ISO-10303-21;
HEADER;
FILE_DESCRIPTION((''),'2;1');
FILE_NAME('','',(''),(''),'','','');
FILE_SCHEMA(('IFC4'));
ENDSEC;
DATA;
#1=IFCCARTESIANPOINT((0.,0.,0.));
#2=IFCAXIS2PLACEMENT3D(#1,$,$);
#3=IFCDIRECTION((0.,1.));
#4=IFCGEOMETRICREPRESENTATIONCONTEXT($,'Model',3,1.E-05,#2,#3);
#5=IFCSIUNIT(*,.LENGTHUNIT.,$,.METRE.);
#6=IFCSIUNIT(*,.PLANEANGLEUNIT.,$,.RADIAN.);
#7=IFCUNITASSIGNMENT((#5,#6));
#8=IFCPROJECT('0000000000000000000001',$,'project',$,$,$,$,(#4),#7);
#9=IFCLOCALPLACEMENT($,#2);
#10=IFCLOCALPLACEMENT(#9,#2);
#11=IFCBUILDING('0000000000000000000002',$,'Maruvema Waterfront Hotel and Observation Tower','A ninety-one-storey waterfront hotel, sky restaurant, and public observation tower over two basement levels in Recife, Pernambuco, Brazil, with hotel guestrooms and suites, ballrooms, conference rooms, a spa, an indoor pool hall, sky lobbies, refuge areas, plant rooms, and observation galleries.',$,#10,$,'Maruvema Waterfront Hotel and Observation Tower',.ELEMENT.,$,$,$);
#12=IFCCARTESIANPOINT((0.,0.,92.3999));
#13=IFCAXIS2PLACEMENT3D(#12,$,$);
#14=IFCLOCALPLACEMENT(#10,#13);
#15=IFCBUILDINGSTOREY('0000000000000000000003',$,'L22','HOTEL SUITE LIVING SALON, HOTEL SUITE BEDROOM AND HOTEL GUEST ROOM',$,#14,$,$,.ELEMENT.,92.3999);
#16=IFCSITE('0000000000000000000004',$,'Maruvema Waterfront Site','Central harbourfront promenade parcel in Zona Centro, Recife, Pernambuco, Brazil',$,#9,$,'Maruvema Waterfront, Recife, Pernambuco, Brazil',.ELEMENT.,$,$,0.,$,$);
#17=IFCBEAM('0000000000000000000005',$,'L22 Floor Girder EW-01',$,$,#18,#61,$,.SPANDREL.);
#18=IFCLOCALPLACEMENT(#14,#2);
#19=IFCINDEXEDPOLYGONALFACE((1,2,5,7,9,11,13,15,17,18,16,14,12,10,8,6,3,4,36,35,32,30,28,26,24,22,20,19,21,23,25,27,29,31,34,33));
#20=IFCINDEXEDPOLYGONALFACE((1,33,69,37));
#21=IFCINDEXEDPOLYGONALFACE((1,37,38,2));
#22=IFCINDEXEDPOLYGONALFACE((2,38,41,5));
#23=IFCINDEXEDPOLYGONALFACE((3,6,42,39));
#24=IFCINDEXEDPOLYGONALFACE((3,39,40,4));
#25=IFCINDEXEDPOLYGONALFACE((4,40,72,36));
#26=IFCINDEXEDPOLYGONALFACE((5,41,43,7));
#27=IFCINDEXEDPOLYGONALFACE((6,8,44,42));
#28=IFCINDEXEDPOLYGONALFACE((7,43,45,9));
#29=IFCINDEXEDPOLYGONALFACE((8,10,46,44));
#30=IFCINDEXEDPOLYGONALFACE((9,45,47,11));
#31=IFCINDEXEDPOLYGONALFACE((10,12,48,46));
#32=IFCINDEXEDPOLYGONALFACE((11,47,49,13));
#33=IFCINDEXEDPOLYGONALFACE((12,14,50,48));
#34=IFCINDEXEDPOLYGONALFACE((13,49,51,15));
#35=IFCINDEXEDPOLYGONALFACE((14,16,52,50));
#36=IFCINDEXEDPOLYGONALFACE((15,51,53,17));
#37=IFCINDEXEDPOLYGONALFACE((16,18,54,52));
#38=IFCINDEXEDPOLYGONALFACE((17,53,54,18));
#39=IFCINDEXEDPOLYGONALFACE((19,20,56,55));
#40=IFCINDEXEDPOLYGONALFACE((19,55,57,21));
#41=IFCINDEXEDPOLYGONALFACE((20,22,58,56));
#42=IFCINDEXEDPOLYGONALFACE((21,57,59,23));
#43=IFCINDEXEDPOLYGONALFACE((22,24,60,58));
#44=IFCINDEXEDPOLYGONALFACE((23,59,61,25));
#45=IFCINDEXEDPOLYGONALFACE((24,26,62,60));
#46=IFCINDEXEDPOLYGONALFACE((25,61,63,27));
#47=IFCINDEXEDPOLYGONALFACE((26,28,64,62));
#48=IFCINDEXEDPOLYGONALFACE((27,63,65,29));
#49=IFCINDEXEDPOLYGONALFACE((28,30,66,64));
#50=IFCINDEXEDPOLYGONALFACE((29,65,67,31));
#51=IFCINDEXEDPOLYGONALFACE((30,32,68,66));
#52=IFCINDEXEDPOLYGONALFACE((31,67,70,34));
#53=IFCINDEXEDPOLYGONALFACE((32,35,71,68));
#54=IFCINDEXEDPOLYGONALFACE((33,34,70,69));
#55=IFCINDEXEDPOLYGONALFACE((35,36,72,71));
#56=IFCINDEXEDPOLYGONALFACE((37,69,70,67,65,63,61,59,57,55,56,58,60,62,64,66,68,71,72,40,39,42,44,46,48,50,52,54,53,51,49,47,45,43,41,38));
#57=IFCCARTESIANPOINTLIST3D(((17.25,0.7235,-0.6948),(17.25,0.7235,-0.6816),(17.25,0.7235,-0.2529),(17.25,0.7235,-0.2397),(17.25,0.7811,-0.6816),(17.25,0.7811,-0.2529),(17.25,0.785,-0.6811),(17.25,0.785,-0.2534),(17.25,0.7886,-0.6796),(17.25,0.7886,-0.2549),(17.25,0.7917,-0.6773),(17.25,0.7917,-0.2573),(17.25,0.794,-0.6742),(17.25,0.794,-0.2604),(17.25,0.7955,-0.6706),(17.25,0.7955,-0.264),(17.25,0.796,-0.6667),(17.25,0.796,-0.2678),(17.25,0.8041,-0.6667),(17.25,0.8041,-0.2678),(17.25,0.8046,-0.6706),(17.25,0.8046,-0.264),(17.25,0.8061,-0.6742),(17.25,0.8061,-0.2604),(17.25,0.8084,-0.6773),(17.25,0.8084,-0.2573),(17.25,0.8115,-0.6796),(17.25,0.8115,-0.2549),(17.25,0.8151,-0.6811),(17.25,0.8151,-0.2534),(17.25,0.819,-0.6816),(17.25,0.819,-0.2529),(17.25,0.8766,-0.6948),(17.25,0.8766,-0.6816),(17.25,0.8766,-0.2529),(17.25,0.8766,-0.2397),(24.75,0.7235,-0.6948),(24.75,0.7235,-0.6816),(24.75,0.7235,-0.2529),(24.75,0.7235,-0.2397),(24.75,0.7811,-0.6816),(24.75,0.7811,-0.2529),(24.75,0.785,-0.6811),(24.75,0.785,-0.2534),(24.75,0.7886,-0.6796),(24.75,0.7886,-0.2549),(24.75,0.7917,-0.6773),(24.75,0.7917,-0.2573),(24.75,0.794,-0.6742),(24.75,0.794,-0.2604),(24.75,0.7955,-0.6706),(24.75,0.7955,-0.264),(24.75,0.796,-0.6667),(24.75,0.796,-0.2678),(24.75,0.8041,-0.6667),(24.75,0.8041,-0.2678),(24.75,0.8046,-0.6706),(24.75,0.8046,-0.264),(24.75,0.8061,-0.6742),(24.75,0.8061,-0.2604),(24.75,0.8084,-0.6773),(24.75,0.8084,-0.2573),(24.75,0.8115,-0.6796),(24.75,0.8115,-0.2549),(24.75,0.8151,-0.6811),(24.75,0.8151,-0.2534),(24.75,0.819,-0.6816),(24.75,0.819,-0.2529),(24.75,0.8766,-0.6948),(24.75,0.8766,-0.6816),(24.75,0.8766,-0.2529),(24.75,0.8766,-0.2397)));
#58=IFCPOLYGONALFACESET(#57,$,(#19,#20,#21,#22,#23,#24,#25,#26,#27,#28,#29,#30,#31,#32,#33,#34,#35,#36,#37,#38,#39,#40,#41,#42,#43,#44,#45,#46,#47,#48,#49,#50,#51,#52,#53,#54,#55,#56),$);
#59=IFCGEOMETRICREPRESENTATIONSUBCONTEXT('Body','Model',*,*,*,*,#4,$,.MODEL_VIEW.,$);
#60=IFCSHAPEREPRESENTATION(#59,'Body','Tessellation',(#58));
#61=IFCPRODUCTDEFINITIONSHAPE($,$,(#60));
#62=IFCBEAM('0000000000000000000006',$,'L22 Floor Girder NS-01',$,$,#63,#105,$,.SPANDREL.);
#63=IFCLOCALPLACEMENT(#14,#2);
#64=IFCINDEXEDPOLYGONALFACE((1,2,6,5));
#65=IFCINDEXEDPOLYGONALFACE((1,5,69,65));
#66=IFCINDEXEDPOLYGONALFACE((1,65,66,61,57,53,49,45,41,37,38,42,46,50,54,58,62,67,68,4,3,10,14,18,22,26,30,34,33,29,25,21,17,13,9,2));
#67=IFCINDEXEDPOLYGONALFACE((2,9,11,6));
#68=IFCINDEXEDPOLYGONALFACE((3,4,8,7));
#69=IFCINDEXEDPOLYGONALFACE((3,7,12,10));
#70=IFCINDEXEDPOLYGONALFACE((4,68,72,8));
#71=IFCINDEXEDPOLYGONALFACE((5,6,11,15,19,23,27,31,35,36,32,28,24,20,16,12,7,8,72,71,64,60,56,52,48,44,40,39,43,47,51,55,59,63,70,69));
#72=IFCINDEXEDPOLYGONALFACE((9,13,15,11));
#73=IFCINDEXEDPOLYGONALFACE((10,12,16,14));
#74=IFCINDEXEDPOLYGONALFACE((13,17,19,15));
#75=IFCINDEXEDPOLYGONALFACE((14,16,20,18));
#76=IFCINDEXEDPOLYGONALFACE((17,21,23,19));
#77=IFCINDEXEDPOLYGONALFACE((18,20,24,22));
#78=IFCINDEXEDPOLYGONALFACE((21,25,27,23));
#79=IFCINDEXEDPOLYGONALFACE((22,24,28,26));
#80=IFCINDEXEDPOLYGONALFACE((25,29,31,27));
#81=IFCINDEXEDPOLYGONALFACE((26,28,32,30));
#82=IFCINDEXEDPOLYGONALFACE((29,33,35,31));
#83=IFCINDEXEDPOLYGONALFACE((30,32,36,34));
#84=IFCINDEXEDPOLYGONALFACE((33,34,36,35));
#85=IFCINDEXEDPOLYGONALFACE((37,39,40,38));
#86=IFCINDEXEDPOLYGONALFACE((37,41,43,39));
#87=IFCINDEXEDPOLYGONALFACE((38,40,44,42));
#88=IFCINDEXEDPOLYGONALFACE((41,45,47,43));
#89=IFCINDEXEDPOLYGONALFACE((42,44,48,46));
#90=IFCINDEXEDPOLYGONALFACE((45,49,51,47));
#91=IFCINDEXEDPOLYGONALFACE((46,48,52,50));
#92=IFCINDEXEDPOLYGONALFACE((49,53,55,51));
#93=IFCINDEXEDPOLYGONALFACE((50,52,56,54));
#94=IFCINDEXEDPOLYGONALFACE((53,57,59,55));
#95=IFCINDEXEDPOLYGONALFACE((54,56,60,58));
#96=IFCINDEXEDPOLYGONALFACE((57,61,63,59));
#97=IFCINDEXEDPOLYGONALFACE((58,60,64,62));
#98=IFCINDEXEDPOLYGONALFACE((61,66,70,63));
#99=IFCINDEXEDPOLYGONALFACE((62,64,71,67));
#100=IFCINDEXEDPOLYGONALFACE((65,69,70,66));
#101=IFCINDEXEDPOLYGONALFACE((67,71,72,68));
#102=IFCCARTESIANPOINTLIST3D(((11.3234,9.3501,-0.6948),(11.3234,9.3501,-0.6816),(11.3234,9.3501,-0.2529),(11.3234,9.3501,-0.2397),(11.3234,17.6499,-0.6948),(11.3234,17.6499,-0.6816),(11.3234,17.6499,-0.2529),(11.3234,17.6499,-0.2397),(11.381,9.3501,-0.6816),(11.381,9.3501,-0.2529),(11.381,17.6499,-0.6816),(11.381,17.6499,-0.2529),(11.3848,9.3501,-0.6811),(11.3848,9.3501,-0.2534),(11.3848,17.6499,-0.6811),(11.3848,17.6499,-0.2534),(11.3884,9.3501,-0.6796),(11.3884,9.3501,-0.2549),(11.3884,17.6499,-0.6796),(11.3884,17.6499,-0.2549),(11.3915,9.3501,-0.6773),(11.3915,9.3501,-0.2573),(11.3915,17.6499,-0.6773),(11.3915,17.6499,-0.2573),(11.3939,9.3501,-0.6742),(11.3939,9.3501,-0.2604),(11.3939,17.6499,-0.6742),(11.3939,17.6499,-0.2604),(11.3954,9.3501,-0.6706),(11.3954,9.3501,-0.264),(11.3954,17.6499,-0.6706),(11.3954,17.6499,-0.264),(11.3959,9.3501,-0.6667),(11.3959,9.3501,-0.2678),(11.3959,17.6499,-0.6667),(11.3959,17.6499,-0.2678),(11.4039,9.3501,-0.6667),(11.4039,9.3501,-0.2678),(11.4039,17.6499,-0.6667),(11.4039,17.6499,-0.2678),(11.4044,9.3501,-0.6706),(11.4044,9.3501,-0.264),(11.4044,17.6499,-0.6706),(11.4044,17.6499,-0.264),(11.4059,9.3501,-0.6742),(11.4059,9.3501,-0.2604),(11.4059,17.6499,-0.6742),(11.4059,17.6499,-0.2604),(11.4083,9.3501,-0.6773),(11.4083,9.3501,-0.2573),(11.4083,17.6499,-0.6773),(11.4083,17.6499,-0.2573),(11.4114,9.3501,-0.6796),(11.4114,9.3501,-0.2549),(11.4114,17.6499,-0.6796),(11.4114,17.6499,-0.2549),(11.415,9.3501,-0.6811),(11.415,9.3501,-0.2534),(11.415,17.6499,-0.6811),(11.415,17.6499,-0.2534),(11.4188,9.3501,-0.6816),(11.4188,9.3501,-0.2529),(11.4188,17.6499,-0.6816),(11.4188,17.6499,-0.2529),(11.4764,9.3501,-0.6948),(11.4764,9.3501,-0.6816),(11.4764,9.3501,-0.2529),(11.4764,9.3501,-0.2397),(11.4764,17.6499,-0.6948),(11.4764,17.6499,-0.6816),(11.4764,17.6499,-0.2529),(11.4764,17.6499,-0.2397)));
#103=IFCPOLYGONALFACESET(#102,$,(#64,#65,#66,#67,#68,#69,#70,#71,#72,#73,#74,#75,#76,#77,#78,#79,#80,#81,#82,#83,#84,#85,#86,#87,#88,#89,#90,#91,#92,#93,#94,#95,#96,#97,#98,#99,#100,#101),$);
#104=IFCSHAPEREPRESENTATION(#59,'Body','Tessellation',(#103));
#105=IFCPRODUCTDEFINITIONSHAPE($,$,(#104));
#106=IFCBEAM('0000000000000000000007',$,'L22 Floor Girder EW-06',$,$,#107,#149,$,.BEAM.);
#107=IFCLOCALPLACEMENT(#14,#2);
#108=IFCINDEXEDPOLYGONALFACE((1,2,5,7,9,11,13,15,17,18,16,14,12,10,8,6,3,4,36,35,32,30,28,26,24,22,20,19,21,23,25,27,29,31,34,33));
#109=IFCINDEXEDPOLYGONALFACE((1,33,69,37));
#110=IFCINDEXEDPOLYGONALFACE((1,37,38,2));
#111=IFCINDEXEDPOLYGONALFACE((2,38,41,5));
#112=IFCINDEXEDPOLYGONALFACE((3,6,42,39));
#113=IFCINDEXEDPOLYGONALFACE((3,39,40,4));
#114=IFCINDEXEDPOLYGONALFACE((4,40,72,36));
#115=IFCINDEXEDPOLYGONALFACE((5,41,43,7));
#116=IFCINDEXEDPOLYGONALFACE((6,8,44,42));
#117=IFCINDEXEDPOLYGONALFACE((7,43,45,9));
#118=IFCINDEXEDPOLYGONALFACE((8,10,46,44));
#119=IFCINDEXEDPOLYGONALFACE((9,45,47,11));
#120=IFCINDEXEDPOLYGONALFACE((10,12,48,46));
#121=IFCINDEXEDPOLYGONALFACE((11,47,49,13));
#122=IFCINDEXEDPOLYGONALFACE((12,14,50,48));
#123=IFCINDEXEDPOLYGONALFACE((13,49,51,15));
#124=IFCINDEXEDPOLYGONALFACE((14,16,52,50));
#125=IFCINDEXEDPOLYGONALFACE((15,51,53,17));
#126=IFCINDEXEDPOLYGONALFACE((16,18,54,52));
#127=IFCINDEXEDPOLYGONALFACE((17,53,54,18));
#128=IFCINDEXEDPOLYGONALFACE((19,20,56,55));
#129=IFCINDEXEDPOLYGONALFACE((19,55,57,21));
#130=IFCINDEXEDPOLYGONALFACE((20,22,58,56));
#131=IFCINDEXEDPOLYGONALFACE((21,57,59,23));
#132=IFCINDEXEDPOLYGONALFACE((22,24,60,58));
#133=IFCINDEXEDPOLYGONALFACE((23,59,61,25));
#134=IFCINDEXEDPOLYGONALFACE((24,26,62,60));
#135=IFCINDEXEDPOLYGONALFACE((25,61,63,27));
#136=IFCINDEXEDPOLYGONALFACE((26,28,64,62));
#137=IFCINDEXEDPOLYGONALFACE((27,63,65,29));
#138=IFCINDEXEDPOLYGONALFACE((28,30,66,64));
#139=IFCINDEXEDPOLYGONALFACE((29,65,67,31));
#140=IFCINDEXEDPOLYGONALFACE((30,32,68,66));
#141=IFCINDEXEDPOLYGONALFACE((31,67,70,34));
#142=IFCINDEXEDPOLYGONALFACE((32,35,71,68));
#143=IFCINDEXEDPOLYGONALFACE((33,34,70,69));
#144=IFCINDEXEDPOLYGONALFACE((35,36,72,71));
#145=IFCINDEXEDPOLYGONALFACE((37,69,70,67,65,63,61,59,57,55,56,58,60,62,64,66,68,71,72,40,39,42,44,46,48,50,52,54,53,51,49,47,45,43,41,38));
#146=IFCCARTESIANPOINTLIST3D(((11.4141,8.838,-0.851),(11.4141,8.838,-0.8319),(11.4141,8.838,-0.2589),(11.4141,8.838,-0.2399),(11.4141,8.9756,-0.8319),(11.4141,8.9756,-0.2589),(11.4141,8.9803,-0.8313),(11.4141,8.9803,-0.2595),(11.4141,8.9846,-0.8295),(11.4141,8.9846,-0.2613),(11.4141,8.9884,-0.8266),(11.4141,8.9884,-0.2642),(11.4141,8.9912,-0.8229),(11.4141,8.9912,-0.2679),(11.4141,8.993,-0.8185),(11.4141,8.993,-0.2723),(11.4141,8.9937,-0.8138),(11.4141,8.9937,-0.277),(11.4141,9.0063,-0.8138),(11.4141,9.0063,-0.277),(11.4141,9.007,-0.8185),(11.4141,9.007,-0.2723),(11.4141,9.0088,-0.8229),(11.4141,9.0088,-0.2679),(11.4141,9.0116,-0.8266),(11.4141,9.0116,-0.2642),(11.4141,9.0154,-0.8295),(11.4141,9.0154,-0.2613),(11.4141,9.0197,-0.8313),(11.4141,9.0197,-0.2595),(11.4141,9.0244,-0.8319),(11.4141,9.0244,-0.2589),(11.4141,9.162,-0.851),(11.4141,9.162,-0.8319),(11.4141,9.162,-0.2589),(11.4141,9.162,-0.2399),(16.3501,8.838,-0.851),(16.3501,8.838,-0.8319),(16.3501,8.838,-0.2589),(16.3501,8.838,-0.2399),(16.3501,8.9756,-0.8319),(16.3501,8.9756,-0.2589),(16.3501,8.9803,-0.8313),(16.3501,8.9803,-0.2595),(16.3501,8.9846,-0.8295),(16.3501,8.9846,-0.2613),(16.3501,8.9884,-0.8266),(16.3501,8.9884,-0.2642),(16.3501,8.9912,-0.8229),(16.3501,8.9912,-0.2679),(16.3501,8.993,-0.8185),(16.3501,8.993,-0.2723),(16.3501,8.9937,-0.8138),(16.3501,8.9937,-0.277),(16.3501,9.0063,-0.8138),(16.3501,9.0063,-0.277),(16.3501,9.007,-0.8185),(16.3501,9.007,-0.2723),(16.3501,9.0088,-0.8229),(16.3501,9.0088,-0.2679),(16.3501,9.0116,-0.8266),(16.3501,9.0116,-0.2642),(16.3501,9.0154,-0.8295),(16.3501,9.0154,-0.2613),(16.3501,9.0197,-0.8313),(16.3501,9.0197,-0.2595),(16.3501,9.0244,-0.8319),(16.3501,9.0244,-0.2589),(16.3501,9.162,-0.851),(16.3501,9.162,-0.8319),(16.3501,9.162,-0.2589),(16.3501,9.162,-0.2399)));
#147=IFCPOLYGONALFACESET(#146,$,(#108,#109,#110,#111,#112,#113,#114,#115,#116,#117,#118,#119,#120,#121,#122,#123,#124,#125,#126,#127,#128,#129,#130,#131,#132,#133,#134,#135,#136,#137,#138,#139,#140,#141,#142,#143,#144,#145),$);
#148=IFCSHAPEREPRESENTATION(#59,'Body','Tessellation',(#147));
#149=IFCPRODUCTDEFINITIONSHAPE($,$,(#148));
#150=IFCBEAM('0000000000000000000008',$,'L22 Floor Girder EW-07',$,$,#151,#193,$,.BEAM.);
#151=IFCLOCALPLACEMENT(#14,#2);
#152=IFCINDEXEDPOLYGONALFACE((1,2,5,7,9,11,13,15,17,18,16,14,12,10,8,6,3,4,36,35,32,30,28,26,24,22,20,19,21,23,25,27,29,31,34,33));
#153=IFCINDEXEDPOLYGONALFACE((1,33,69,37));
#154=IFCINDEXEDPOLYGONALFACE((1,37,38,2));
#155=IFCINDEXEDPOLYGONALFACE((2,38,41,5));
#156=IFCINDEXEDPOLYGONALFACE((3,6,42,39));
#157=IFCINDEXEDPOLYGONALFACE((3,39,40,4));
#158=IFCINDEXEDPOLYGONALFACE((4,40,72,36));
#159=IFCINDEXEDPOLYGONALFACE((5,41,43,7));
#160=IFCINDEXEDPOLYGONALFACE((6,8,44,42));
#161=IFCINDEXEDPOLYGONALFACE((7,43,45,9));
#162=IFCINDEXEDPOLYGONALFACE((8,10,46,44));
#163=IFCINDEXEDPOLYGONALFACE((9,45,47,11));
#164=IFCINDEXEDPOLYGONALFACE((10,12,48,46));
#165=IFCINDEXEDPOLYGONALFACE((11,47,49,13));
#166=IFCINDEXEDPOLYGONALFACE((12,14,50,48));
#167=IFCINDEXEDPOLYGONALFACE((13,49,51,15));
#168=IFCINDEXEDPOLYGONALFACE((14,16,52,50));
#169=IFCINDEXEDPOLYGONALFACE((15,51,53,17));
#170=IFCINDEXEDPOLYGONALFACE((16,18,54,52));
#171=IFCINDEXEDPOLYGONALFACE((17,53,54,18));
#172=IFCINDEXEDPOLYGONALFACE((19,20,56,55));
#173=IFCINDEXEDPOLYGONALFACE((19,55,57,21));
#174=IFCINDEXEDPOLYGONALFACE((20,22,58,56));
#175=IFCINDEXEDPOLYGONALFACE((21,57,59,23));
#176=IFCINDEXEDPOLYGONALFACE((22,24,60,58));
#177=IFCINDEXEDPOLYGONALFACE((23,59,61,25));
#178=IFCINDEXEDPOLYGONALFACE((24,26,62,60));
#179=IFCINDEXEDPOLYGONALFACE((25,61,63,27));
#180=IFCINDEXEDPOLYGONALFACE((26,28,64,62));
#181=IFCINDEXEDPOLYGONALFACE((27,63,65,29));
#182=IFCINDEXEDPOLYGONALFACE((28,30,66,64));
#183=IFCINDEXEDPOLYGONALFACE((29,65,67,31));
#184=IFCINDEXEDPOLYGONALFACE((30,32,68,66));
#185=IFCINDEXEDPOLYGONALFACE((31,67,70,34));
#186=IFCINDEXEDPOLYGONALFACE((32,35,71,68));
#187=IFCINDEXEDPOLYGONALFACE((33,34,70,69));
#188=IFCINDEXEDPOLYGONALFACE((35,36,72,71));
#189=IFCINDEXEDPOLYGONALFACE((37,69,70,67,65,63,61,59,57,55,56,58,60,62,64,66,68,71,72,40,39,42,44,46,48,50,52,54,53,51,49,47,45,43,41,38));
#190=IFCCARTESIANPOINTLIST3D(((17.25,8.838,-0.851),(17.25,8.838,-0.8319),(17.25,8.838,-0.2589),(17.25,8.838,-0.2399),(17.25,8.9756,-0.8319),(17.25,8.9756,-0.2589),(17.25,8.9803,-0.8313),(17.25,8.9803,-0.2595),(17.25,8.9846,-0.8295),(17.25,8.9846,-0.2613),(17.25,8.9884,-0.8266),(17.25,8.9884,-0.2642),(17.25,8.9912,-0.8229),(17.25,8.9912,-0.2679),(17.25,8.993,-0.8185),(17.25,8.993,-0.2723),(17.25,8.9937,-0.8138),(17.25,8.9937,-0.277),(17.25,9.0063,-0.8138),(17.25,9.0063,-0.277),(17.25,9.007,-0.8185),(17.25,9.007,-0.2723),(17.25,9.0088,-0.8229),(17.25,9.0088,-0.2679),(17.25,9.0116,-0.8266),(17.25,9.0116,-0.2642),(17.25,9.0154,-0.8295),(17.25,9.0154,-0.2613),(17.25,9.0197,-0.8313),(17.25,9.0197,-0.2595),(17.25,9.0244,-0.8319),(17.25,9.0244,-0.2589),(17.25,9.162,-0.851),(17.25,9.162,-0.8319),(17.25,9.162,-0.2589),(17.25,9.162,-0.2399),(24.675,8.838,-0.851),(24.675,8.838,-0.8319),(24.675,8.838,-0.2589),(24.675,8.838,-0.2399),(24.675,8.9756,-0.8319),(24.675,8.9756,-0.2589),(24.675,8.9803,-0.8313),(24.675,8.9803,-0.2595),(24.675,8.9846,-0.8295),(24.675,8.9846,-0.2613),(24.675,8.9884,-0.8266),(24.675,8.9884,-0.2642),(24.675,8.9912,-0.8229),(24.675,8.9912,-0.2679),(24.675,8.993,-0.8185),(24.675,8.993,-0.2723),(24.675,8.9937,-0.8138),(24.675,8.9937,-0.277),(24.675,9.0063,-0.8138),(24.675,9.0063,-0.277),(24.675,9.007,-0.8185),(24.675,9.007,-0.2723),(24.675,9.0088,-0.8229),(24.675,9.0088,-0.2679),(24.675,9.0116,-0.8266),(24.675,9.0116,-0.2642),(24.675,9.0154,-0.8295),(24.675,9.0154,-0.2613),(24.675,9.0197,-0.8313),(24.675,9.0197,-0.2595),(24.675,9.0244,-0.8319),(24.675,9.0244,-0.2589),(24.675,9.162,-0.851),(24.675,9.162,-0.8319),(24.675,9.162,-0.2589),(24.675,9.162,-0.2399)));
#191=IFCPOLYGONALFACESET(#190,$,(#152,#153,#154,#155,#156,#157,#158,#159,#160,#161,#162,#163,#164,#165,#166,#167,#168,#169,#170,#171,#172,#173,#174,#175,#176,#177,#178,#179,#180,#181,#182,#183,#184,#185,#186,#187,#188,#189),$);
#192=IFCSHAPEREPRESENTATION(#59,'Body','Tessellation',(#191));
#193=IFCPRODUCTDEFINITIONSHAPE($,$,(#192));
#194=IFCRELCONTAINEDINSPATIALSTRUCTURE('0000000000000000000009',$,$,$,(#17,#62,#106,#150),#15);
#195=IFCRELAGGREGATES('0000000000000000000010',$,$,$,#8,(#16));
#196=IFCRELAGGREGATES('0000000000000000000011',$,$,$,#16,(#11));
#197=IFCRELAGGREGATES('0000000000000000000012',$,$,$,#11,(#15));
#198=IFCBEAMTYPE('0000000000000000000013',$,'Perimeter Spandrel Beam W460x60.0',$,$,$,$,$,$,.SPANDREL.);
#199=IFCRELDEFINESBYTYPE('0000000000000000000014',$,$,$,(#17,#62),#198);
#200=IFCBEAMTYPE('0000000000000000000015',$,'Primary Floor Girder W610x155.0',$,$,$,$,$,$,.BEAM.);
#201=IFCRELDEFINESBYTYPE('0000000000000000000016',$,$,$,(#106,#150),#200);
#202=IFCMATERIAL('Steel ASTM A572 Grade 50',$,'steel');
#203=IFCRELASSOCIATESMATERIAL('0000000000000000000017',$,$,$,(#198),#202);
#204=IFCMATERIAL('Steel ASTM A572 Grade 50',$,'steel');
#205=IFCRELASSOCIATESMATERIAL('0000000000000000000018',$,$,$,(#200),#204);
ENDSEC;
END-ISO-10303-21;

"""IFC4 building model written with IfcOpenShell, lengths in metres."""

from ifc_helpers import new_model, si_unit, direction, frame, origin, origin_2d, place, context, subcontext, project, spatial, i_section, extrude, material, material_profile, profile_set, type_object, element, save


model = new_model("IFC4")

# Units and contexts
model_context = context("Model", 3, precision=1e-05, world=origin(), true_north=direction((0.0, 1.0)))
body_context = subcontext(model_context, "Body", "Model", "MODEL_VIEW")
ifc_project = project(units=[si_unit("LENGTHUNIT", "METRE"), si_unit("PLANEANGLEUNIT", "RADIAN")], contexts=[model_context])

# Site, building, storey
site_placement = place(None, origin())
site = spatial("IfcSite", under=ifc_project, at=site_placement, Name="Maruvema Waterfront Site", Description="Central harbourfront promenade parcel in Zona Centro, Recife, Pernambuco, Brazil", LongName="Maruvema Waterfront, Recife, Pernambuco, Brazil", CompositionType="ELEMENT", RefElevation=0.0)
building_placement = place(site_placement, origin())
building = spatial("IfcBuilding", under=site, at=building_placement, Name="Maruvema Waterfront Hotel and Observation Tower", Description="A ninety-one-storey waterfront hotel, sky restaurant, and public observation tower over two basement levels in Recife, Pernambuco, Brazil, with hotel guestrooms and suites, ballrooms, conference rooms, a spa, an indoor pool hall, sky lobbies, refuge areas, plant rooms, and observation galleries.", LongName="Maruvema Waterfront Hotel and Observation Tower", CompositionType="ELEMENT")
storey_placement = place(building_placement, frame((0.0, 0.0, 92.3999)))
storey = spatial("IfcBuildingStorey", under=building, at=storey_placement, Name="L22", Description="HOTEL SUITE LIVING SALON, HOTEL SUITE BEDROOM AND HOTEL GUEST ROOM", CompositionType="ELEMENT", Elevation=92.3999)

# Beams
ifc_material_1 = material(Name="Steel ASTM A572 Grade 50", Category="steel")
ifc_material_profile_1 = material_profile(ifc_material_1, i_section(OverallWidth=0.1531, OverallDepth=0.4551, WebThickness=0.0081, FlangeThickness=0.0132, FilletRadius=0.0149, at=origin_2d()), Name="W460x60.0")
ifc_profile_set_1 = profile_set([ifc_material_profile_1], Name="Steel ASTM A572 Grade 50")
beam_type_1 = type_object("IfcBeamType", Name="Perimeter Spandrel Beam W460x60.0", PredefinedType="SPANDREL", material=ifc_profile_set_1)
beam_1_placement = place(storey_placement, frame((17.25, 0.8, -0.4673), z_axis=(1.0, 0.0, 0.0), x_axis=(0.0, 1.0, 0.0)))
element("IfcBeam", 1, at=beam_1_placement, inside=storey, type_object=beam_type_1, Name="L22 Floor Girder EW-01", PredefinedType="SPANDREL", context=body_context, shape_type="SweptSolid", body=[
    extrude(i_section(OverallWidth=0.1531, OverallDepth=0.4551, WebThickness=0.0081, FlangeThickness=0.0132, FilletRadius=0.0149, at=origin_2d()), origin(), (0.0, 0.0, 1.0), 7.5),
])
beam_2_placement = place(storey_placement, frame((11.3999, 9.3501, -0.4673), z_axis=(0.0, 1.0, 0.0), x_axis=(-1.0, 0.0, 0.0)))
element("IfcBeam", 2, at=beam_2_placement, inside=storey, type_object=beam_type_1, Name="L22 Floor Girder NS-01", PredefinedType="SPANDREL", context=body_context, shape_type="SweptSolid", body=[
    extrude(i_section(OverallWidth=0.1531, OverallDepth=0.4551, WebThickness=0.0081, FlangeThickness=0.0132, FilletRadius=0.0149, at=origin_2d()), origin(), (0.0, 0.0, 1.0), 8.2998),
])
ifc_material_2 = material(Name="Steel ASTM A572 Grade 50", Category="steel")
ifc_material_profile_2 = material_profile(ifc_material_2, i_section(OverallWidth=0.324, OverallDepth=0.6111, WebThickness=0.0127, FlangeThickness=0.019, FilletRadius=0.0181, at=origin_2d()), Name="W610x155.0")
ifc_profile_set_2 = profile_set([ifc_material_profile_2], Name="Steel ASTM A572 Grade 50")
beam_type_2 = type_object("IfcBeamType", Name="Primary Floor Girder W610x155.0", PredefinedType="BEAM", material=ifc_profile_set_2)
beam_3_placement = place(storey_placement, frame((11.4141, 9.0, -0.5454), z_axis=(1.0, 0.0, 0.0), x_axis=(0.0, 1.0, 0.0)))
element("IfcBeam", 3, at=beam_3_placement, inside=storey, type_object=beam_type_2, Name="L22 Floor Girder EW-06", PredefinedType="BEAM", context=body_context, shape_type="SweptSolid", body=[
    extrude(i_section(OverallWidth=0.324, OverallDepth=0.6111, WebThickness=0.0127, FlangeThickness=0.019, FilletRadius=0.0181, at=origin_2d()), origin(), (0.0, 0.0, 1.0), 4.936),
])
beam_4_placement = place(storey_placement, frame((17.25, 9.0, -0.5454), z_axis=(1.0, 0.0, 0.0), x_axis=(0.0, 1.0, 0.0)))
element("IfcBeam", 4, at=beam_4_placement, inside=storey, type_object=beam_type_2, Name="L22 Floor Girder EW-07", PredefinedType="BEAM", context=body_context, shape_type="SweptSolid", body=[
    extrude(i_section(OverallWidth=0.324, OverallDepth=0.6111, WebThickness=0.0127, FlangeThickness=0.019, FilletRadius=0.0181, at=origin_2d()), origin(), (0.0, 0.0, 1.0), 7.425),
])

save(model, "model.ifc")
